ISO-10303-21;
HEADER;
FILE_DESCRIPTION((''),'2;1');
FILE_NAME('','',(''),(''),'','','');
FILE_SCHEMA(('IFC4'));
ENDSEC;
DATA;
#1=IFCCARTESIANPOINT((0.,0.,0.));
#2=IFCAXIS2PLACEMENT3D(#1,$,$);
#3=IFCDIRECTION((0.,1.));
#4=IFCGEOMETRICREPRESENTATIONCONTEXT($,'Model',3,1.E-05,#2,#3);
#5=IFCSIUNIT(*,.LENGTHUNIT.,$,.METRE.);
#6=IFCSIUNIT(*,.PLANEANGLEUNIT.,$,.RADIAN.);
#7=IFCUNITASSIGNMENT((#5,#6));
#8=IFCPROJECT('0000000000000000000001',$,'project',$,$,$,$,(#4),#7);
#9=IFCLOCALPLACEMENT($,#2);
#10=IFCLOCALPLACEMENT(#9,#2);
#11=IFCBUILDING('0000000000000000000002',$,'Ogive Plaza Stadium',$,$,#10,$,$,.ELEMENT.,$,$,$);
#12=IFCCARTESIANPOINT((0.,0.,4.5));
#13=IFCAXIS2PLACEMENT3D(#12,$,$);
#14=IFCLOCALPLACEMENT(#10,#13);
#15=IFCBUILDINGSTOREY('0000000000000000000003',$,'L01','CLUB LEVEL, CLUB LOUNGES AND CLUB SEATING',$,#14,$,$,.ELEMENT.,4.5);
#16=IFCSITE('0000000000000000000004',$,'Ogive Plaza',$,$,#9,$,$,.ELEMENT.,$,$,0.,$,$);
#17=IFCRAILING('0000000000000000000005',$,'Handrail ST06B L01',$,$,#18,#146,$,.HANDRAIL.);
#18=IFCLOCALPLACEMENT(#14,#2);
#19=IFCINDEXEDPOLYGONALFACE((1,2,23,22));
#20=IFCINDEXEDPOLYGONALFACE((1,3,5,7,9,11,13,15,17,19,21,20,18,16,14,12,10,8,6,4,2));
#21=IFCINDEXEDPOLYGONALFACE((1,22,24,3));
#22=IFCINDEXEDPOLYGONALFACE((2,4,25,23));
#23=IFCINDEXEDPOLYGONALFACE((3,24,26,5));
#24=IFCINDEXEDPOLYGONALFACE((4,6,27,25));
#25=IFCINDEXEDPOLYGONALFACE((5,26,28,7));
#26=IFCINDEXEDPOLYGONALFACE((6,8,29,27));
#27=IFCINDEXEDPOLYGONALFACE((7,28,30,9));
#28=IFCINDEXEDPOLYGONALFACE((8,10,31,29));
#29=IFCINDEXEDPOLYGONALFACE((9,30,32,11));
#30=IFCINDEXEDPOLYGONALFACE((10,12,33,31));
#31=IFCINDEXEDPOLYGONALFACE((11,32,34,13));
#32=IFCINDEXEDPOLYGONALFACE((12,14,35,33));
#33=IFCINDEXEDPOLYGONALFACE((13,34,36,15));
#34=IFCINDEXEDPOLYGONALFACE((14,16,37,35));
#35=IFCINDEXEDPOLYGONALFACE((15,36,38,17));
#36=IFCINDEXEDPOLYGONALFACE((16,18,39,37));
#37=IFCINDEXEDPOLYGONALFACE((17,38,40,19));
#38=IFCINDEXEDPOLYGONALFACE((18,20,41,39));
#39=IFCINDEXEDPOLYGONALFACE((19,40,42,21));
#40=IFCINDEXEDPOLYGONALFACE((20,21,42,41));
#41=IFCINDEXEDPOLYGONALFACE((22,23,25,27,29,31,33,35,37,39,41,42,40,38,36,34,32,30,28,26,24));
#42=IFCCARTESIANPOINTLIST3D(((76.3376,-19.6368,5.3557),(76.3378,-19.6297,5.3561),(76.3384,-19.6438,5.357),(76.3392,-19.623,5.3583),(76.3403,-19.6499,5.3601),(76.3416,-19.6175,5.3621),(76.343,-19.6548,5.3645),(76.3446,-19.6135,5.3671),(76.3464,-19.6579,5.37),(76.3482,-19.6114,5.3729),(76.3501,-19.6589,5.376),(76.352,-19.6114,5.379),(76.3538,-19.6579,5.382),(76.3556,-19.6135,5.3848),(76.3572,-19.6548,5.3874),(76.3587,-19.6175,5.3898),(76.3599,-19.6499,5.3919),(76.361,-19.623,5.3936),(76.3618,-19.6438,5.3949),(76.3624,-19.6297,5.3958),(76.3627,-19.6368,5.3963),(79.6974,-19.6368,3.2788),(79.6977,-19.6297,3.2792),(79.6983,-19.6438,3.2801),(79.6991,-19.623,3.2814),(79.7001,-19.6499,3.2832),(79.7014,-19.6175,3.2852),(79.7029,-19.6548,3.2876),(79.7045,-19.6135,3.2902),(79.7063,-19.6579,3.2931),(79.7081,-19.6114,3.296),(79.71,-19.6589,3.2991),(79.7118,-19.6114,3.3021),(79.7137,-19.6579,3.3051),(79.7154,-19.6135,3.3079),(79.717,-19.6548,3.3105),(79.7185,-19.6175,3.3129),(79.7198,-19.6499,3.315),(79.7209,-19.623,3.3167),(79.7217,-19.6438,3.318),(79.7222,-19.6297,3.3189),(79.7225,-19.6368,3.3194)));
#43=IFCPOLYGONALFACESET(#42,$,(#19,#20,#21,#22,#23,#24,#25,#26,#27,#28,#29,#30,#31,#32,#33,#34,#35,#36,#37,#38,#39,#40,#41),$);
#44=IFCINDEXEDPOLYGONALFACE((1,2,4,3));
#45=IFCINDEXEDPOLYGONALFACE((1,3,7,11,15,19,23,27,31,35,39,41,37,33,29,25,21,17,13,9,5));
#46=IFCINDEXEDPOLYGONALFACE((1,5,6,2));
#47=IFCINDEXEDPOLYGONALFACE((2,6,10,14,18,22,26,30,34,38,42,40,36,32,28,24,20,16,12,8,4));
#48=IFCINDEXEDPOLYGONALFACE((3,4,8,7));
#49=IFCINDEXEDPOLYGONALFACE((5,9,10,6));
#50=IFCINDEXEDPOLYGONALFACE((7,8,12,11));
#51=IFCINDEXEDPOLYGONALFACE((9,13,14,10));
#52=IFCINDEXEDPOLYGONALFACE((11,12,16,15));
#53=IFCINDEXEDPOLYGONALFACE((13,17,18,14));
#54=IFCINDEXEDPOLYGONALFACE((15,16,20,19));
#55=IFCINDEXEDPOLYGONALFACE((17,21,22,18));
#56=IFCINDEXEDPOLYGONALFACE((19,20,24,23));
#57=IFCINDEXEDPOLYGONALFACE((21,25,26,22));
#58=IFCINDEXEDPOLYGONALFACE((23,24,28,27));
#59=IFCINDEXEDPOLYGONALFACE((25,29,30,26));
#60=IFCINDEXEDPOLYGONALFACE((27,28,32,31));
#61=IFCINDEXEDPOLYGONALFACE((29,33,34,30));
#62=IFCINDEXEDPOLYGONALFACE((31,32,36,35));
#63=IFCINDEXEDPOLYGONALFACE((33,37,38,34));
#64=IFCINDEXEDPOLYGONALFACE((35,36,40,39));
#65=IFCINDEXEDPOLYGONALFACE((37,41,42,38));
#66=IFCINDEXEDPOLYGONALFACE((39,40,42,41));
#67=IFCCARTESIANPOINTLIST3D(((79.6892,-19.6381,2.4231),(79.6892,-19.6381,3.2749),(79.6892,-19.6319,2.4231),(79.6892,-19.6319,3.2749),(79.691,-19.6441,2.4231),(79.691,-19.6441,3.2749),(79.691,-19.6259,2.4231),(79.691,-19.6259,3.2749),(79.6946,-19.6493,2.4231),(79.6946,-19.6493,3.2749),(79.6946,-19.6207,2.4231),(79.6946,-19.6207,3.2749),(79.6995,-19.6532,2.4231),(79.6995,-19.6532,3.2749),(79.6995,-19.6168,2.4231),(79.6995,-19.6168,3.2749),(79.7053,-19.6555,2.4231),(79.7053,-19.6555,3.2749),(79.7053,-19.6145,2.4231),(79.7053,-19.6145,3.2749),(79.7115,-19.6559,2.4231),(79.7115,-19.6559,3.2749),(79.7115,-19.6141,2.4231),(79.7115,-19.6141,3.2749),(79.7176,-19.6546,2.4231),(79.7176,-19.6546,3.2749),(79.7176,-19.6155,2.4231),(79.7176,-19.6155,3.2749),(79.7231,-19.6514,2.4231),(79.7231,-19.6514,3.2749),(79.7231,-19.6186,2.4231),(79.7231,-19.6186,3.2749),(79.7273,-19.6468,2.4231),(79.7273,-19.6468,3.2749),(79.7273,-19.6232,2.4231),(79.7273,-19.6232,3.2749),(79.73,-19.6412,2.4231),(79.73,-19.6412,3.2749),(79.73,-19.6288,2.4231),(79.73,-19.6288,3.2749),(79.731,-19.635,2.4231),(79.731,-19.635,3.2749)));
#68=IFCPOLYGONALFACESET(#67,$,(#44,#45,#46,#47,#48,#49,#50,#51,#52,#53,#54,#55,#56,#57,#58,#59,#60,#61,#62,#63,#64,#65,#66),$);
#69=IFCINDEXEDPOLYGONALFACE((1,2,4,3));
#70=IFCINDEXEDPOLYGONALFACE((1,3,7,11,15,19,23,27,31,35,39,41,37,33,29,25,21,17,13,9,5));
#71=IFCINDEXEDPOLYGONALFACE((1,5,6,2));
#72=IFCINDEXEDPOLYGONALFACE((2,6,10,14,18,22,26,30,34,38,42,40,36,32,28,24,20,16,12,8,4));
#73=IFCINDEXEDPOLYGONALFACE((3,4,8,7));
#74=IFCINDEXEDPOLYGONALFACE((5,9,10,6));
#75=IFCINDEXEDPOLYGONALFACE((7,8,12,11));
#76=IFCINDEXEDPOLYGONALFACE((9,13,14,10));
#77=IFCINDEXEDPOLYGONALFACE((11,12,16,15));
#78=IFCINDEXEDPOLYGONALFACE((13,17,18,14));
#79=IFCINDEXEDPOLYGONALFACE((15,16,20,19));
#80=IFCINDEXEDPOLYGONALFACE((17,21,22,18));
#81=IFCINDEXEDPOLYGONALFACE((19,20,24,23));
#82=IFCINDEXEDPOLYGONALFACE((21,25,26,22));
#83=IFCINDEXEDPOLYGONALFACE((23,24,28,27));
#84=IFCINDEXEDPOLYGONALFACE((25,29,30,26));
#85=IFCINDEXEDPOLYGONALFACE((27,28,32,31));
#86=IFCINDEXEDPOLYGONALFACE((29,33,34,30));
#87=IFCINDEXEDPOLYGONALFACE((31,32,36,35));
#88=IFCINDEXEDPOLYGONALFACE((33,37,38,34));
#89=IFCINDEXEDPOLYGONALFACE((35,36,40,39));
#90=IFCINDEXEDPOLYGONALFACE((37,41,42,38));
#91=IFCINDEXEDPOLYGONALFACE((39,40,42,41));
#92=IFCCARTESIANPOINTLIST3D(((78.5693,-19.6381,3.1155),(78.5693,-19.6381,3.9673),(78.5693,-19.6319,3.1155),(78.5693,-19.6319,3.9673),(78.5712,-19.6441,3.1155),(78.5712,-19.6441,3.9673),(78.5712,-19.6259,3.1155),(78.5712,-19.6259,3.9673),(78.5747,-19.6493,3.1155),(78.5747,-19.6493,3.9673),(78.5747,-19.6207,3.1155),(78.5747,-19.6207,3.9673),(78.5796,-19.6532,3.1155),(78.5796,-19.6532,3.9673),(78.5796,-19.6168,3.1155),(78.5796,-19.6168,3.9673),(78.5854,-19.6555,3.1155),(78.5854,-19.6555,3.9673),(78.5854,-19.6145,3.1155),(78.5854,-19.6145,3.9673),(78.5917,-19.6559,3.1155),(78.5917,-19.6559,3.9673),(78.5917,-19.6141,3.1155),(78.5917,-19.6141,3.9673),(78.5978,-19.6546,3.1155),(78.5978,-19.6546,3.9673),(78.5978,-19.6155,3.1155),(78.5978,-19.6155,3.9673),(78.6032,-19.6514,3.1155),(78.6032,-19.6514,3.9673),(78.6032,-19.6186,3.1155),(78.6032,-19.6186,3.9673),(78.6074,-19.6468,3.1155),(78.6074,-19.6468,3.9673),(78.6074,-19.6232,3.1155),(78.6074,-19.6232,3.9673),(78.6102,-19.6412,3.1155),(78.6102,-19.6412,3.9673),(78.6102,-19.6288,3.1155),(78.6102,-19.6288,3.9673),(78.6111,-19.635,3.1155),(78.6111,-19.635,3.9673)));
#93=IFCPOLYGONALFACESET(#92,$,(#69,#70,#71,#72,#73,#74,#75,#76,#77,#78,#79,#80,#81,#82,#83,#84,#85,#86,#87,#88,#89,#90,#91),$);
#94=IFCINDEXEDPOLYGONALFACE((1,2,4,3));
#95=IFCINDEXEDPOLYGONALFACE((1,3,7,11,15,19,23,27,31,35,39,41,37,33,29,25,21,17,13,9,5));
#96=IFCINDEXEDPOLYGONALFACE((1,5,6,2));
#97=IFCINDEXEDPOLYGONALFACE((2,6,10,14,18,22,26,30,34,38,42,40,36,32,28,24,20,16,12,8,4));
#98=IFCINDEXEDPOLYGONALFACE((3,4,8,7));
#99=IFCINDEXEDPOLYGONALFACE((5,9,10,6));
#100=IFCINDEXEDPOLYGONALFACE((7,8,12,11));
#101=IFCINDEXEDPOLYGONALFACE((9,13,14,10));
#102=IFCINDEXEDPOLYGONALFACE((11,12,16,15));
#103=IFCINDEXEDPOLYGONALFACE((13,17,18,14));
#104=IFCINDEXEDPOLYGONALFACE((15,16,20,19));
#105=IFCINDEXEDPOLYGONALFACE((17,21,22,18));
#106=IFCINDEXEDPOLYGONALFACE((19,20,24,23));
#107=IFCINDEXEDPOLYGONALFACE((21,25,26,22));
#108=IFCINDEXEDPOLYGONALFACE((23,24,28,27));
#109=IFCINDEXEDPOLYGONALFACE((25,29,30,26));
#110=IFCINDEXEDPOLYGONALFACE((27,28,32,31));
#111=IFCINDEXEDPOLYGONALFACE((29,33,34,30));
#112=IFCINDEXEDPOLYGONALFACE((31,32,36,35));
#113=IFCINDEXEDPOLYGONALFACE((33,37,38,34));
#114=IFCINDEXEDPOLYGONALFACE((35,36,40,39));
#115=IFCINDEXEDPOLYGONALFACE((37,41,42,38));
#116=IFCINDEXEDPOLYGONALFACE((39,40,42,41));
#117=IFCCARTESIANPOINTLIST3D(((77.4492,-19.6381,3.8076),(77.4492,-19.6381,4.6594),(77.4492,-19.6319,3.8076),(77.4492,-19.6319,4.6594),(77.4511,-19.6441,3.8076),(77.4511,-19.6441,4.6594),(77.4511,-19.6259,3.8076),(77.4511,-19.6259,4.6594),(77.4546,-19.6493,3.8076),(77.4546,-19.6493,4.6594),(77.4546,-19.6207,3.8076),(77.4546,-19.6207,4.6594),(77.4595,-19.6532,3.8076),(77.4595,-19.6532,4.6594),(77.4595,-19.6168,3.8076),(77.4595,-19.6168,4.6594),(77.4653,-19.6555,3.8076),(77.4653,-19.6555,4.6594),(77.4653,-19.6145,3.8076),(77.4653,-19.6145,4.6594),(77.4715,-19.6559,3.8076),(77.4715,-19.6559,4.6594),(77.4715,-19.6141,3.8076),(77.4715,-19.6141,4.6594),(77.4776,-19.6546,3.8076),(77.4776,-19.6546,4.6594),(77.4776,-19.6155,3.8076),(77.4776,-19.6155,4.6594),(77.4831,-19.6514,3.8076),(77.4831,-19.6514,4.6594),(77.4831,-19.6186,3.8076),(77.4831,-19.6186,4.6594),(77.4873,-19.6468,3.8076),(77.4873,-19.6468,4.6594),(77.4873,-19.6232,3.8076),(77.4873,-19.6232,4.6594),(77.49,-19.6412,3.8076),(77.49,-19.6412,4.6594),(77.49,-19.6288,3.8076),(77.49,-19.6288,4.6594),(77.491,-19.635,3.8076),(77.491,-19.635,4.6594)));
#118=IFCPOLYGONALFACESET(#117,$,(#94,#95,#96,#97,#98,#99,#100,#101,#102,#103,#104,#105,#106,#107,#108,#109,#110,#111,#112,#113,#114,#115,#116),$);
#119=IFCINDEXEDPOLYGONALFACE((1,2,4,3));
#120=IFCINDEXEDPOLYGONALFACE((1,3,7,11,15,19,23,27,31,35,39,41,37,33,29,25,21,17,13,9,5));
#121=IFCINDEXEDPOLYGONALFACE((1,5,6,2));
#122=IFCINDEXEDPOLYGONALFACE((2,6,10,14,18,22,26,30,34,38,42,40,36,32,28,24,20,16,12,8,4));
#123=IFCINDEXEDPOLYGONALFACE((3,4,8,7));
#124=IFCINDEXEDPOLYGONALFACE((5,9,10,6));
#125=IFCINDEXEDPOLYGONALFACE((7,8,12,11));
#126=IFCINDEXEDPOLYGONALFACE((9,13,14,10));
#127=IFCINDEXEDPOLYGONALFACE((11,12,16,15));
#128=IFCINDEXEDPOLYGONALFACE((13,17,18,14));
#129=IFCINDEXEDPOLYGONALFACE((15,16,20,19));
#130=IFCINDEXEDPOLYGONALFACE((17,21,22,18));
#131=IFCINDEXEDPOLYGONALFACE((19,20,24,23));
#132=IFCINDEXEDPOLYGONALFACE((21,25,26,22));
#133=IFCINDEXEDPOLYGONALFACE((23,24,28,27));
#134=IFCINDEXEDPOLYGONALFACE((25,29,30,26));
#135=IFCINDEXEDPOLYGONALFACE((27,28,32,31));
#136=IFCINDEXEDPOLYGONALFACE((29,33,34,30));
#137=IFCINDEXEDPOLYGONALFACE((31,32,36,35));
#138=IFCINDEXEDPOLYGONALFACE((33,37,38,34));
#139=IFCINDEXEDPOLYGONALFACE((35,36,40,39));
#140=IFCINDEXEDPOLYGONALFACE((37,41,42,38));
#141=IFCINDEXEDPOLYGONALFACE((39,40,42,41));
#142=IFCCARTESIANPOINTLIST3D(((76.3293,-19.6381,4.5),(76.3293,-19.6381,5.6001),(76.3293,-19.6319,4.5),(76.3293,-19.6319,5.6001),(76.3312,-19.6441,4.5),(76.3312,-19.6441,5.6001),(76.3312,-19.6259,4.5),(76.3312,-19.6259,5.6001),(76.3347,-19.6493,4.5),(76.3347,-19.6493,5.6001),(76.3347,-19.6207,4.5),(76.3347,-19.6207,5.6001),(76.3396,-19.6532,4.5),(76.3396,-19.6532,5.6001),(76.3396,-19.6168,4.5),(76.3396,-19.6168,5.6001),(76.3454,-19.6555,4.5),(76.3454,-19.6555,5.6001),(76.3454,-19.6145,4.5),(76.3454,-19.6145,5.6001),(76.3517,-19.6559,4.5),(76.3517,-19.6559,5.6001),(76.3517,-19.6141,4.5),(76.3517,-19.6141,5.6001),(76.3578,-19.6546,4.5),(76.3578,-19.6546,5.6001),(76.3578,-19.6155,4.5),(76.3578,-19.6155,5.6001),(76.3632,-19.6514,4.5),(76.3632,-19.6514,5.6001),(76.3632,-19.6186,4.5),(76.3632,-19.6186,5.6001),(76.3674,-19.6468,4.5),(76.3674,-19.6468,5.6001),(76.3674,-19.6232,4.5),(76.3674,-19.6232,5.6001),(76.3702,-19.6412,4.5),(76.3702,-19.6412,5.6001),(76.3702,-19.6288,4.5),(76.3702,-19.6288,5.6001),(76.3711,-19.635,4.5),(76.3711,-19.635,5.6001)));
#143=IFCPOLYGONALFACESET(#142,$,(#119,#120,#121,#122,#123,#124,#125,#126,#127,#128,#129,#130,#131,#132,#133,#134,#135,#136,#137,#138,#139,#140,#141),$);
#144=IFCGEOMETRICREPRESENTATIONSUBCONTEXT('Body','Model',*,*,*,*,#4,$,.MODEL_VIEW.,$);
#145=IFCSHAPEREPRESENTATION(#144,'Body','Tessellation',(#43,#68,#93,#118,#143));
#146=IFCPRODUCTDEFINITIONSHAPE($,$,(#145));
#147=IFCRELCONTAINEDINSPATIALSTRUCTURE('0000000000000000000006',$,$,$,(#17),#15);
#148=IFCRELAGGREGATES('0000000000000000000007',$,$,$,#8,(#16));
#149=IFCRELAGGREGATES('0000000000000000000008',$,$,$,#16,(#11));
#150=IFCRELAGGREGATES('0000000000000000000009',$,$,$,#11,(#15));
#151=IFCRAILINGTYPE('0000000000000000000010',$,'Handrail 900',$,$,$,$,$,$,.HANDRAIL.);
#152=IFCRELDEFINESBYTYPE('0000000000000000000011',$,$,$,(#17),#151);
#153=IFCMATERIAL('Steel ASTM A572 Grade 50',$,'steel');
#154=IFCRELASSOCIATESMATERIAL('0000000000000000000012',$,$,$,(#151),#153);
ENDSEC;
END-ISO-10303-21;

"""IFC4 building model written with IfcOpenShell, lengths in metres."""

from ifc_helpers import new_model, si_unit, direction, frame, origin, origin_2d, place, context, subcontext, project, spatial, circle, extrude, material, type_object, element, save


model = new_model("IFC4")

# Units and contexts
model_context = context("Model", 3, precision=1e-05, world=origin(), true_north=direction((0.0, 1.0)))
body_context = subcontext(model_context, "Body", "Model", "MODEL_VIEW")
ifc_project = project(units=[si_unit("LENGTHUNIT", "METRE"), si_unit("PLANEANGLEUNIT", "RADIAN")], contexts=[model_context])

# Site, building, storey
site_placement = place(None, origin())
site = spatial("IfcSite", under=ifc_project, at=site_placement, Name="Ogive Plaza", CompositionType="ELEMENT", RefElevation=0.0)
building_placement = place(site_placement, origin())
building = spatial("IfcBuilding", under=site, at=building_placement, Name="Ogive Plaza Stadium", CompositionType="ELEMENT")
storey_placement = place(building_placement, frame((0.0, 0.0, 4.5)))
storey = spatial("IfcBuildingStorey", under=building, at=storey_placement, Name="L01", Description="CLUB LEVEL, CLUB LOUNGES AND CLUB SEATING", CompositionType="ELEMENT", Elevation=4.5)

# Railing
ifc_material_1 = material(Name="Steel ASTM A572 Grade 50", Category="steel")
railing_type_1 = type_object("IfcRailingType", Name="Handrail 900", PredefinedType="HANDRAIL", material=ifc_material_1)
for number, where, name in (
    (1, (79.71, -19.635, 2.4231), "Handrail ST06B L01"),
):
    element("IfcRailing", number, at=place(storey_placement, frame(where)), inside=storey, type_object=railing_type_1, Name=name, PredefinedType="HANDRAIL", context=body_context, shape_type="SweptSolid", body=[
        extrude(circle(Radius=0.0239, at=origin_2d()), frame((0.0, 0.0, 0.876), z_axis=(-0.850606, 0.0, 0.525803), x_axis=(0.0, -1.0, 0.0)), (0.0, 0.0, 1.0), 3.95),
        extrude(circle(Radius=0.021, at=origin_2d()), origin(), (0.0, 0.0, 1.0), 0.8518),
        extrude(circle(Radius=0.021, at=origin_2d()), frame((-1.1199, 0.0, 0.6924)), (0.0, 0.0, 1.0), 0.8518),
        extrude(circle(Radius=0.021, at=origin_2d()), frame((-2.24, 0.0, 1.3845)), (0.0, 0.0, 1.0), 0.8518),
        extrude(circle(Radius=0.021, at=origin_2d()), frame((-3.3599, 0.0, 2.0769)), (0.0, 0.0, 1.0), 1.1001),
    ])

save(model, "model.ifc")
